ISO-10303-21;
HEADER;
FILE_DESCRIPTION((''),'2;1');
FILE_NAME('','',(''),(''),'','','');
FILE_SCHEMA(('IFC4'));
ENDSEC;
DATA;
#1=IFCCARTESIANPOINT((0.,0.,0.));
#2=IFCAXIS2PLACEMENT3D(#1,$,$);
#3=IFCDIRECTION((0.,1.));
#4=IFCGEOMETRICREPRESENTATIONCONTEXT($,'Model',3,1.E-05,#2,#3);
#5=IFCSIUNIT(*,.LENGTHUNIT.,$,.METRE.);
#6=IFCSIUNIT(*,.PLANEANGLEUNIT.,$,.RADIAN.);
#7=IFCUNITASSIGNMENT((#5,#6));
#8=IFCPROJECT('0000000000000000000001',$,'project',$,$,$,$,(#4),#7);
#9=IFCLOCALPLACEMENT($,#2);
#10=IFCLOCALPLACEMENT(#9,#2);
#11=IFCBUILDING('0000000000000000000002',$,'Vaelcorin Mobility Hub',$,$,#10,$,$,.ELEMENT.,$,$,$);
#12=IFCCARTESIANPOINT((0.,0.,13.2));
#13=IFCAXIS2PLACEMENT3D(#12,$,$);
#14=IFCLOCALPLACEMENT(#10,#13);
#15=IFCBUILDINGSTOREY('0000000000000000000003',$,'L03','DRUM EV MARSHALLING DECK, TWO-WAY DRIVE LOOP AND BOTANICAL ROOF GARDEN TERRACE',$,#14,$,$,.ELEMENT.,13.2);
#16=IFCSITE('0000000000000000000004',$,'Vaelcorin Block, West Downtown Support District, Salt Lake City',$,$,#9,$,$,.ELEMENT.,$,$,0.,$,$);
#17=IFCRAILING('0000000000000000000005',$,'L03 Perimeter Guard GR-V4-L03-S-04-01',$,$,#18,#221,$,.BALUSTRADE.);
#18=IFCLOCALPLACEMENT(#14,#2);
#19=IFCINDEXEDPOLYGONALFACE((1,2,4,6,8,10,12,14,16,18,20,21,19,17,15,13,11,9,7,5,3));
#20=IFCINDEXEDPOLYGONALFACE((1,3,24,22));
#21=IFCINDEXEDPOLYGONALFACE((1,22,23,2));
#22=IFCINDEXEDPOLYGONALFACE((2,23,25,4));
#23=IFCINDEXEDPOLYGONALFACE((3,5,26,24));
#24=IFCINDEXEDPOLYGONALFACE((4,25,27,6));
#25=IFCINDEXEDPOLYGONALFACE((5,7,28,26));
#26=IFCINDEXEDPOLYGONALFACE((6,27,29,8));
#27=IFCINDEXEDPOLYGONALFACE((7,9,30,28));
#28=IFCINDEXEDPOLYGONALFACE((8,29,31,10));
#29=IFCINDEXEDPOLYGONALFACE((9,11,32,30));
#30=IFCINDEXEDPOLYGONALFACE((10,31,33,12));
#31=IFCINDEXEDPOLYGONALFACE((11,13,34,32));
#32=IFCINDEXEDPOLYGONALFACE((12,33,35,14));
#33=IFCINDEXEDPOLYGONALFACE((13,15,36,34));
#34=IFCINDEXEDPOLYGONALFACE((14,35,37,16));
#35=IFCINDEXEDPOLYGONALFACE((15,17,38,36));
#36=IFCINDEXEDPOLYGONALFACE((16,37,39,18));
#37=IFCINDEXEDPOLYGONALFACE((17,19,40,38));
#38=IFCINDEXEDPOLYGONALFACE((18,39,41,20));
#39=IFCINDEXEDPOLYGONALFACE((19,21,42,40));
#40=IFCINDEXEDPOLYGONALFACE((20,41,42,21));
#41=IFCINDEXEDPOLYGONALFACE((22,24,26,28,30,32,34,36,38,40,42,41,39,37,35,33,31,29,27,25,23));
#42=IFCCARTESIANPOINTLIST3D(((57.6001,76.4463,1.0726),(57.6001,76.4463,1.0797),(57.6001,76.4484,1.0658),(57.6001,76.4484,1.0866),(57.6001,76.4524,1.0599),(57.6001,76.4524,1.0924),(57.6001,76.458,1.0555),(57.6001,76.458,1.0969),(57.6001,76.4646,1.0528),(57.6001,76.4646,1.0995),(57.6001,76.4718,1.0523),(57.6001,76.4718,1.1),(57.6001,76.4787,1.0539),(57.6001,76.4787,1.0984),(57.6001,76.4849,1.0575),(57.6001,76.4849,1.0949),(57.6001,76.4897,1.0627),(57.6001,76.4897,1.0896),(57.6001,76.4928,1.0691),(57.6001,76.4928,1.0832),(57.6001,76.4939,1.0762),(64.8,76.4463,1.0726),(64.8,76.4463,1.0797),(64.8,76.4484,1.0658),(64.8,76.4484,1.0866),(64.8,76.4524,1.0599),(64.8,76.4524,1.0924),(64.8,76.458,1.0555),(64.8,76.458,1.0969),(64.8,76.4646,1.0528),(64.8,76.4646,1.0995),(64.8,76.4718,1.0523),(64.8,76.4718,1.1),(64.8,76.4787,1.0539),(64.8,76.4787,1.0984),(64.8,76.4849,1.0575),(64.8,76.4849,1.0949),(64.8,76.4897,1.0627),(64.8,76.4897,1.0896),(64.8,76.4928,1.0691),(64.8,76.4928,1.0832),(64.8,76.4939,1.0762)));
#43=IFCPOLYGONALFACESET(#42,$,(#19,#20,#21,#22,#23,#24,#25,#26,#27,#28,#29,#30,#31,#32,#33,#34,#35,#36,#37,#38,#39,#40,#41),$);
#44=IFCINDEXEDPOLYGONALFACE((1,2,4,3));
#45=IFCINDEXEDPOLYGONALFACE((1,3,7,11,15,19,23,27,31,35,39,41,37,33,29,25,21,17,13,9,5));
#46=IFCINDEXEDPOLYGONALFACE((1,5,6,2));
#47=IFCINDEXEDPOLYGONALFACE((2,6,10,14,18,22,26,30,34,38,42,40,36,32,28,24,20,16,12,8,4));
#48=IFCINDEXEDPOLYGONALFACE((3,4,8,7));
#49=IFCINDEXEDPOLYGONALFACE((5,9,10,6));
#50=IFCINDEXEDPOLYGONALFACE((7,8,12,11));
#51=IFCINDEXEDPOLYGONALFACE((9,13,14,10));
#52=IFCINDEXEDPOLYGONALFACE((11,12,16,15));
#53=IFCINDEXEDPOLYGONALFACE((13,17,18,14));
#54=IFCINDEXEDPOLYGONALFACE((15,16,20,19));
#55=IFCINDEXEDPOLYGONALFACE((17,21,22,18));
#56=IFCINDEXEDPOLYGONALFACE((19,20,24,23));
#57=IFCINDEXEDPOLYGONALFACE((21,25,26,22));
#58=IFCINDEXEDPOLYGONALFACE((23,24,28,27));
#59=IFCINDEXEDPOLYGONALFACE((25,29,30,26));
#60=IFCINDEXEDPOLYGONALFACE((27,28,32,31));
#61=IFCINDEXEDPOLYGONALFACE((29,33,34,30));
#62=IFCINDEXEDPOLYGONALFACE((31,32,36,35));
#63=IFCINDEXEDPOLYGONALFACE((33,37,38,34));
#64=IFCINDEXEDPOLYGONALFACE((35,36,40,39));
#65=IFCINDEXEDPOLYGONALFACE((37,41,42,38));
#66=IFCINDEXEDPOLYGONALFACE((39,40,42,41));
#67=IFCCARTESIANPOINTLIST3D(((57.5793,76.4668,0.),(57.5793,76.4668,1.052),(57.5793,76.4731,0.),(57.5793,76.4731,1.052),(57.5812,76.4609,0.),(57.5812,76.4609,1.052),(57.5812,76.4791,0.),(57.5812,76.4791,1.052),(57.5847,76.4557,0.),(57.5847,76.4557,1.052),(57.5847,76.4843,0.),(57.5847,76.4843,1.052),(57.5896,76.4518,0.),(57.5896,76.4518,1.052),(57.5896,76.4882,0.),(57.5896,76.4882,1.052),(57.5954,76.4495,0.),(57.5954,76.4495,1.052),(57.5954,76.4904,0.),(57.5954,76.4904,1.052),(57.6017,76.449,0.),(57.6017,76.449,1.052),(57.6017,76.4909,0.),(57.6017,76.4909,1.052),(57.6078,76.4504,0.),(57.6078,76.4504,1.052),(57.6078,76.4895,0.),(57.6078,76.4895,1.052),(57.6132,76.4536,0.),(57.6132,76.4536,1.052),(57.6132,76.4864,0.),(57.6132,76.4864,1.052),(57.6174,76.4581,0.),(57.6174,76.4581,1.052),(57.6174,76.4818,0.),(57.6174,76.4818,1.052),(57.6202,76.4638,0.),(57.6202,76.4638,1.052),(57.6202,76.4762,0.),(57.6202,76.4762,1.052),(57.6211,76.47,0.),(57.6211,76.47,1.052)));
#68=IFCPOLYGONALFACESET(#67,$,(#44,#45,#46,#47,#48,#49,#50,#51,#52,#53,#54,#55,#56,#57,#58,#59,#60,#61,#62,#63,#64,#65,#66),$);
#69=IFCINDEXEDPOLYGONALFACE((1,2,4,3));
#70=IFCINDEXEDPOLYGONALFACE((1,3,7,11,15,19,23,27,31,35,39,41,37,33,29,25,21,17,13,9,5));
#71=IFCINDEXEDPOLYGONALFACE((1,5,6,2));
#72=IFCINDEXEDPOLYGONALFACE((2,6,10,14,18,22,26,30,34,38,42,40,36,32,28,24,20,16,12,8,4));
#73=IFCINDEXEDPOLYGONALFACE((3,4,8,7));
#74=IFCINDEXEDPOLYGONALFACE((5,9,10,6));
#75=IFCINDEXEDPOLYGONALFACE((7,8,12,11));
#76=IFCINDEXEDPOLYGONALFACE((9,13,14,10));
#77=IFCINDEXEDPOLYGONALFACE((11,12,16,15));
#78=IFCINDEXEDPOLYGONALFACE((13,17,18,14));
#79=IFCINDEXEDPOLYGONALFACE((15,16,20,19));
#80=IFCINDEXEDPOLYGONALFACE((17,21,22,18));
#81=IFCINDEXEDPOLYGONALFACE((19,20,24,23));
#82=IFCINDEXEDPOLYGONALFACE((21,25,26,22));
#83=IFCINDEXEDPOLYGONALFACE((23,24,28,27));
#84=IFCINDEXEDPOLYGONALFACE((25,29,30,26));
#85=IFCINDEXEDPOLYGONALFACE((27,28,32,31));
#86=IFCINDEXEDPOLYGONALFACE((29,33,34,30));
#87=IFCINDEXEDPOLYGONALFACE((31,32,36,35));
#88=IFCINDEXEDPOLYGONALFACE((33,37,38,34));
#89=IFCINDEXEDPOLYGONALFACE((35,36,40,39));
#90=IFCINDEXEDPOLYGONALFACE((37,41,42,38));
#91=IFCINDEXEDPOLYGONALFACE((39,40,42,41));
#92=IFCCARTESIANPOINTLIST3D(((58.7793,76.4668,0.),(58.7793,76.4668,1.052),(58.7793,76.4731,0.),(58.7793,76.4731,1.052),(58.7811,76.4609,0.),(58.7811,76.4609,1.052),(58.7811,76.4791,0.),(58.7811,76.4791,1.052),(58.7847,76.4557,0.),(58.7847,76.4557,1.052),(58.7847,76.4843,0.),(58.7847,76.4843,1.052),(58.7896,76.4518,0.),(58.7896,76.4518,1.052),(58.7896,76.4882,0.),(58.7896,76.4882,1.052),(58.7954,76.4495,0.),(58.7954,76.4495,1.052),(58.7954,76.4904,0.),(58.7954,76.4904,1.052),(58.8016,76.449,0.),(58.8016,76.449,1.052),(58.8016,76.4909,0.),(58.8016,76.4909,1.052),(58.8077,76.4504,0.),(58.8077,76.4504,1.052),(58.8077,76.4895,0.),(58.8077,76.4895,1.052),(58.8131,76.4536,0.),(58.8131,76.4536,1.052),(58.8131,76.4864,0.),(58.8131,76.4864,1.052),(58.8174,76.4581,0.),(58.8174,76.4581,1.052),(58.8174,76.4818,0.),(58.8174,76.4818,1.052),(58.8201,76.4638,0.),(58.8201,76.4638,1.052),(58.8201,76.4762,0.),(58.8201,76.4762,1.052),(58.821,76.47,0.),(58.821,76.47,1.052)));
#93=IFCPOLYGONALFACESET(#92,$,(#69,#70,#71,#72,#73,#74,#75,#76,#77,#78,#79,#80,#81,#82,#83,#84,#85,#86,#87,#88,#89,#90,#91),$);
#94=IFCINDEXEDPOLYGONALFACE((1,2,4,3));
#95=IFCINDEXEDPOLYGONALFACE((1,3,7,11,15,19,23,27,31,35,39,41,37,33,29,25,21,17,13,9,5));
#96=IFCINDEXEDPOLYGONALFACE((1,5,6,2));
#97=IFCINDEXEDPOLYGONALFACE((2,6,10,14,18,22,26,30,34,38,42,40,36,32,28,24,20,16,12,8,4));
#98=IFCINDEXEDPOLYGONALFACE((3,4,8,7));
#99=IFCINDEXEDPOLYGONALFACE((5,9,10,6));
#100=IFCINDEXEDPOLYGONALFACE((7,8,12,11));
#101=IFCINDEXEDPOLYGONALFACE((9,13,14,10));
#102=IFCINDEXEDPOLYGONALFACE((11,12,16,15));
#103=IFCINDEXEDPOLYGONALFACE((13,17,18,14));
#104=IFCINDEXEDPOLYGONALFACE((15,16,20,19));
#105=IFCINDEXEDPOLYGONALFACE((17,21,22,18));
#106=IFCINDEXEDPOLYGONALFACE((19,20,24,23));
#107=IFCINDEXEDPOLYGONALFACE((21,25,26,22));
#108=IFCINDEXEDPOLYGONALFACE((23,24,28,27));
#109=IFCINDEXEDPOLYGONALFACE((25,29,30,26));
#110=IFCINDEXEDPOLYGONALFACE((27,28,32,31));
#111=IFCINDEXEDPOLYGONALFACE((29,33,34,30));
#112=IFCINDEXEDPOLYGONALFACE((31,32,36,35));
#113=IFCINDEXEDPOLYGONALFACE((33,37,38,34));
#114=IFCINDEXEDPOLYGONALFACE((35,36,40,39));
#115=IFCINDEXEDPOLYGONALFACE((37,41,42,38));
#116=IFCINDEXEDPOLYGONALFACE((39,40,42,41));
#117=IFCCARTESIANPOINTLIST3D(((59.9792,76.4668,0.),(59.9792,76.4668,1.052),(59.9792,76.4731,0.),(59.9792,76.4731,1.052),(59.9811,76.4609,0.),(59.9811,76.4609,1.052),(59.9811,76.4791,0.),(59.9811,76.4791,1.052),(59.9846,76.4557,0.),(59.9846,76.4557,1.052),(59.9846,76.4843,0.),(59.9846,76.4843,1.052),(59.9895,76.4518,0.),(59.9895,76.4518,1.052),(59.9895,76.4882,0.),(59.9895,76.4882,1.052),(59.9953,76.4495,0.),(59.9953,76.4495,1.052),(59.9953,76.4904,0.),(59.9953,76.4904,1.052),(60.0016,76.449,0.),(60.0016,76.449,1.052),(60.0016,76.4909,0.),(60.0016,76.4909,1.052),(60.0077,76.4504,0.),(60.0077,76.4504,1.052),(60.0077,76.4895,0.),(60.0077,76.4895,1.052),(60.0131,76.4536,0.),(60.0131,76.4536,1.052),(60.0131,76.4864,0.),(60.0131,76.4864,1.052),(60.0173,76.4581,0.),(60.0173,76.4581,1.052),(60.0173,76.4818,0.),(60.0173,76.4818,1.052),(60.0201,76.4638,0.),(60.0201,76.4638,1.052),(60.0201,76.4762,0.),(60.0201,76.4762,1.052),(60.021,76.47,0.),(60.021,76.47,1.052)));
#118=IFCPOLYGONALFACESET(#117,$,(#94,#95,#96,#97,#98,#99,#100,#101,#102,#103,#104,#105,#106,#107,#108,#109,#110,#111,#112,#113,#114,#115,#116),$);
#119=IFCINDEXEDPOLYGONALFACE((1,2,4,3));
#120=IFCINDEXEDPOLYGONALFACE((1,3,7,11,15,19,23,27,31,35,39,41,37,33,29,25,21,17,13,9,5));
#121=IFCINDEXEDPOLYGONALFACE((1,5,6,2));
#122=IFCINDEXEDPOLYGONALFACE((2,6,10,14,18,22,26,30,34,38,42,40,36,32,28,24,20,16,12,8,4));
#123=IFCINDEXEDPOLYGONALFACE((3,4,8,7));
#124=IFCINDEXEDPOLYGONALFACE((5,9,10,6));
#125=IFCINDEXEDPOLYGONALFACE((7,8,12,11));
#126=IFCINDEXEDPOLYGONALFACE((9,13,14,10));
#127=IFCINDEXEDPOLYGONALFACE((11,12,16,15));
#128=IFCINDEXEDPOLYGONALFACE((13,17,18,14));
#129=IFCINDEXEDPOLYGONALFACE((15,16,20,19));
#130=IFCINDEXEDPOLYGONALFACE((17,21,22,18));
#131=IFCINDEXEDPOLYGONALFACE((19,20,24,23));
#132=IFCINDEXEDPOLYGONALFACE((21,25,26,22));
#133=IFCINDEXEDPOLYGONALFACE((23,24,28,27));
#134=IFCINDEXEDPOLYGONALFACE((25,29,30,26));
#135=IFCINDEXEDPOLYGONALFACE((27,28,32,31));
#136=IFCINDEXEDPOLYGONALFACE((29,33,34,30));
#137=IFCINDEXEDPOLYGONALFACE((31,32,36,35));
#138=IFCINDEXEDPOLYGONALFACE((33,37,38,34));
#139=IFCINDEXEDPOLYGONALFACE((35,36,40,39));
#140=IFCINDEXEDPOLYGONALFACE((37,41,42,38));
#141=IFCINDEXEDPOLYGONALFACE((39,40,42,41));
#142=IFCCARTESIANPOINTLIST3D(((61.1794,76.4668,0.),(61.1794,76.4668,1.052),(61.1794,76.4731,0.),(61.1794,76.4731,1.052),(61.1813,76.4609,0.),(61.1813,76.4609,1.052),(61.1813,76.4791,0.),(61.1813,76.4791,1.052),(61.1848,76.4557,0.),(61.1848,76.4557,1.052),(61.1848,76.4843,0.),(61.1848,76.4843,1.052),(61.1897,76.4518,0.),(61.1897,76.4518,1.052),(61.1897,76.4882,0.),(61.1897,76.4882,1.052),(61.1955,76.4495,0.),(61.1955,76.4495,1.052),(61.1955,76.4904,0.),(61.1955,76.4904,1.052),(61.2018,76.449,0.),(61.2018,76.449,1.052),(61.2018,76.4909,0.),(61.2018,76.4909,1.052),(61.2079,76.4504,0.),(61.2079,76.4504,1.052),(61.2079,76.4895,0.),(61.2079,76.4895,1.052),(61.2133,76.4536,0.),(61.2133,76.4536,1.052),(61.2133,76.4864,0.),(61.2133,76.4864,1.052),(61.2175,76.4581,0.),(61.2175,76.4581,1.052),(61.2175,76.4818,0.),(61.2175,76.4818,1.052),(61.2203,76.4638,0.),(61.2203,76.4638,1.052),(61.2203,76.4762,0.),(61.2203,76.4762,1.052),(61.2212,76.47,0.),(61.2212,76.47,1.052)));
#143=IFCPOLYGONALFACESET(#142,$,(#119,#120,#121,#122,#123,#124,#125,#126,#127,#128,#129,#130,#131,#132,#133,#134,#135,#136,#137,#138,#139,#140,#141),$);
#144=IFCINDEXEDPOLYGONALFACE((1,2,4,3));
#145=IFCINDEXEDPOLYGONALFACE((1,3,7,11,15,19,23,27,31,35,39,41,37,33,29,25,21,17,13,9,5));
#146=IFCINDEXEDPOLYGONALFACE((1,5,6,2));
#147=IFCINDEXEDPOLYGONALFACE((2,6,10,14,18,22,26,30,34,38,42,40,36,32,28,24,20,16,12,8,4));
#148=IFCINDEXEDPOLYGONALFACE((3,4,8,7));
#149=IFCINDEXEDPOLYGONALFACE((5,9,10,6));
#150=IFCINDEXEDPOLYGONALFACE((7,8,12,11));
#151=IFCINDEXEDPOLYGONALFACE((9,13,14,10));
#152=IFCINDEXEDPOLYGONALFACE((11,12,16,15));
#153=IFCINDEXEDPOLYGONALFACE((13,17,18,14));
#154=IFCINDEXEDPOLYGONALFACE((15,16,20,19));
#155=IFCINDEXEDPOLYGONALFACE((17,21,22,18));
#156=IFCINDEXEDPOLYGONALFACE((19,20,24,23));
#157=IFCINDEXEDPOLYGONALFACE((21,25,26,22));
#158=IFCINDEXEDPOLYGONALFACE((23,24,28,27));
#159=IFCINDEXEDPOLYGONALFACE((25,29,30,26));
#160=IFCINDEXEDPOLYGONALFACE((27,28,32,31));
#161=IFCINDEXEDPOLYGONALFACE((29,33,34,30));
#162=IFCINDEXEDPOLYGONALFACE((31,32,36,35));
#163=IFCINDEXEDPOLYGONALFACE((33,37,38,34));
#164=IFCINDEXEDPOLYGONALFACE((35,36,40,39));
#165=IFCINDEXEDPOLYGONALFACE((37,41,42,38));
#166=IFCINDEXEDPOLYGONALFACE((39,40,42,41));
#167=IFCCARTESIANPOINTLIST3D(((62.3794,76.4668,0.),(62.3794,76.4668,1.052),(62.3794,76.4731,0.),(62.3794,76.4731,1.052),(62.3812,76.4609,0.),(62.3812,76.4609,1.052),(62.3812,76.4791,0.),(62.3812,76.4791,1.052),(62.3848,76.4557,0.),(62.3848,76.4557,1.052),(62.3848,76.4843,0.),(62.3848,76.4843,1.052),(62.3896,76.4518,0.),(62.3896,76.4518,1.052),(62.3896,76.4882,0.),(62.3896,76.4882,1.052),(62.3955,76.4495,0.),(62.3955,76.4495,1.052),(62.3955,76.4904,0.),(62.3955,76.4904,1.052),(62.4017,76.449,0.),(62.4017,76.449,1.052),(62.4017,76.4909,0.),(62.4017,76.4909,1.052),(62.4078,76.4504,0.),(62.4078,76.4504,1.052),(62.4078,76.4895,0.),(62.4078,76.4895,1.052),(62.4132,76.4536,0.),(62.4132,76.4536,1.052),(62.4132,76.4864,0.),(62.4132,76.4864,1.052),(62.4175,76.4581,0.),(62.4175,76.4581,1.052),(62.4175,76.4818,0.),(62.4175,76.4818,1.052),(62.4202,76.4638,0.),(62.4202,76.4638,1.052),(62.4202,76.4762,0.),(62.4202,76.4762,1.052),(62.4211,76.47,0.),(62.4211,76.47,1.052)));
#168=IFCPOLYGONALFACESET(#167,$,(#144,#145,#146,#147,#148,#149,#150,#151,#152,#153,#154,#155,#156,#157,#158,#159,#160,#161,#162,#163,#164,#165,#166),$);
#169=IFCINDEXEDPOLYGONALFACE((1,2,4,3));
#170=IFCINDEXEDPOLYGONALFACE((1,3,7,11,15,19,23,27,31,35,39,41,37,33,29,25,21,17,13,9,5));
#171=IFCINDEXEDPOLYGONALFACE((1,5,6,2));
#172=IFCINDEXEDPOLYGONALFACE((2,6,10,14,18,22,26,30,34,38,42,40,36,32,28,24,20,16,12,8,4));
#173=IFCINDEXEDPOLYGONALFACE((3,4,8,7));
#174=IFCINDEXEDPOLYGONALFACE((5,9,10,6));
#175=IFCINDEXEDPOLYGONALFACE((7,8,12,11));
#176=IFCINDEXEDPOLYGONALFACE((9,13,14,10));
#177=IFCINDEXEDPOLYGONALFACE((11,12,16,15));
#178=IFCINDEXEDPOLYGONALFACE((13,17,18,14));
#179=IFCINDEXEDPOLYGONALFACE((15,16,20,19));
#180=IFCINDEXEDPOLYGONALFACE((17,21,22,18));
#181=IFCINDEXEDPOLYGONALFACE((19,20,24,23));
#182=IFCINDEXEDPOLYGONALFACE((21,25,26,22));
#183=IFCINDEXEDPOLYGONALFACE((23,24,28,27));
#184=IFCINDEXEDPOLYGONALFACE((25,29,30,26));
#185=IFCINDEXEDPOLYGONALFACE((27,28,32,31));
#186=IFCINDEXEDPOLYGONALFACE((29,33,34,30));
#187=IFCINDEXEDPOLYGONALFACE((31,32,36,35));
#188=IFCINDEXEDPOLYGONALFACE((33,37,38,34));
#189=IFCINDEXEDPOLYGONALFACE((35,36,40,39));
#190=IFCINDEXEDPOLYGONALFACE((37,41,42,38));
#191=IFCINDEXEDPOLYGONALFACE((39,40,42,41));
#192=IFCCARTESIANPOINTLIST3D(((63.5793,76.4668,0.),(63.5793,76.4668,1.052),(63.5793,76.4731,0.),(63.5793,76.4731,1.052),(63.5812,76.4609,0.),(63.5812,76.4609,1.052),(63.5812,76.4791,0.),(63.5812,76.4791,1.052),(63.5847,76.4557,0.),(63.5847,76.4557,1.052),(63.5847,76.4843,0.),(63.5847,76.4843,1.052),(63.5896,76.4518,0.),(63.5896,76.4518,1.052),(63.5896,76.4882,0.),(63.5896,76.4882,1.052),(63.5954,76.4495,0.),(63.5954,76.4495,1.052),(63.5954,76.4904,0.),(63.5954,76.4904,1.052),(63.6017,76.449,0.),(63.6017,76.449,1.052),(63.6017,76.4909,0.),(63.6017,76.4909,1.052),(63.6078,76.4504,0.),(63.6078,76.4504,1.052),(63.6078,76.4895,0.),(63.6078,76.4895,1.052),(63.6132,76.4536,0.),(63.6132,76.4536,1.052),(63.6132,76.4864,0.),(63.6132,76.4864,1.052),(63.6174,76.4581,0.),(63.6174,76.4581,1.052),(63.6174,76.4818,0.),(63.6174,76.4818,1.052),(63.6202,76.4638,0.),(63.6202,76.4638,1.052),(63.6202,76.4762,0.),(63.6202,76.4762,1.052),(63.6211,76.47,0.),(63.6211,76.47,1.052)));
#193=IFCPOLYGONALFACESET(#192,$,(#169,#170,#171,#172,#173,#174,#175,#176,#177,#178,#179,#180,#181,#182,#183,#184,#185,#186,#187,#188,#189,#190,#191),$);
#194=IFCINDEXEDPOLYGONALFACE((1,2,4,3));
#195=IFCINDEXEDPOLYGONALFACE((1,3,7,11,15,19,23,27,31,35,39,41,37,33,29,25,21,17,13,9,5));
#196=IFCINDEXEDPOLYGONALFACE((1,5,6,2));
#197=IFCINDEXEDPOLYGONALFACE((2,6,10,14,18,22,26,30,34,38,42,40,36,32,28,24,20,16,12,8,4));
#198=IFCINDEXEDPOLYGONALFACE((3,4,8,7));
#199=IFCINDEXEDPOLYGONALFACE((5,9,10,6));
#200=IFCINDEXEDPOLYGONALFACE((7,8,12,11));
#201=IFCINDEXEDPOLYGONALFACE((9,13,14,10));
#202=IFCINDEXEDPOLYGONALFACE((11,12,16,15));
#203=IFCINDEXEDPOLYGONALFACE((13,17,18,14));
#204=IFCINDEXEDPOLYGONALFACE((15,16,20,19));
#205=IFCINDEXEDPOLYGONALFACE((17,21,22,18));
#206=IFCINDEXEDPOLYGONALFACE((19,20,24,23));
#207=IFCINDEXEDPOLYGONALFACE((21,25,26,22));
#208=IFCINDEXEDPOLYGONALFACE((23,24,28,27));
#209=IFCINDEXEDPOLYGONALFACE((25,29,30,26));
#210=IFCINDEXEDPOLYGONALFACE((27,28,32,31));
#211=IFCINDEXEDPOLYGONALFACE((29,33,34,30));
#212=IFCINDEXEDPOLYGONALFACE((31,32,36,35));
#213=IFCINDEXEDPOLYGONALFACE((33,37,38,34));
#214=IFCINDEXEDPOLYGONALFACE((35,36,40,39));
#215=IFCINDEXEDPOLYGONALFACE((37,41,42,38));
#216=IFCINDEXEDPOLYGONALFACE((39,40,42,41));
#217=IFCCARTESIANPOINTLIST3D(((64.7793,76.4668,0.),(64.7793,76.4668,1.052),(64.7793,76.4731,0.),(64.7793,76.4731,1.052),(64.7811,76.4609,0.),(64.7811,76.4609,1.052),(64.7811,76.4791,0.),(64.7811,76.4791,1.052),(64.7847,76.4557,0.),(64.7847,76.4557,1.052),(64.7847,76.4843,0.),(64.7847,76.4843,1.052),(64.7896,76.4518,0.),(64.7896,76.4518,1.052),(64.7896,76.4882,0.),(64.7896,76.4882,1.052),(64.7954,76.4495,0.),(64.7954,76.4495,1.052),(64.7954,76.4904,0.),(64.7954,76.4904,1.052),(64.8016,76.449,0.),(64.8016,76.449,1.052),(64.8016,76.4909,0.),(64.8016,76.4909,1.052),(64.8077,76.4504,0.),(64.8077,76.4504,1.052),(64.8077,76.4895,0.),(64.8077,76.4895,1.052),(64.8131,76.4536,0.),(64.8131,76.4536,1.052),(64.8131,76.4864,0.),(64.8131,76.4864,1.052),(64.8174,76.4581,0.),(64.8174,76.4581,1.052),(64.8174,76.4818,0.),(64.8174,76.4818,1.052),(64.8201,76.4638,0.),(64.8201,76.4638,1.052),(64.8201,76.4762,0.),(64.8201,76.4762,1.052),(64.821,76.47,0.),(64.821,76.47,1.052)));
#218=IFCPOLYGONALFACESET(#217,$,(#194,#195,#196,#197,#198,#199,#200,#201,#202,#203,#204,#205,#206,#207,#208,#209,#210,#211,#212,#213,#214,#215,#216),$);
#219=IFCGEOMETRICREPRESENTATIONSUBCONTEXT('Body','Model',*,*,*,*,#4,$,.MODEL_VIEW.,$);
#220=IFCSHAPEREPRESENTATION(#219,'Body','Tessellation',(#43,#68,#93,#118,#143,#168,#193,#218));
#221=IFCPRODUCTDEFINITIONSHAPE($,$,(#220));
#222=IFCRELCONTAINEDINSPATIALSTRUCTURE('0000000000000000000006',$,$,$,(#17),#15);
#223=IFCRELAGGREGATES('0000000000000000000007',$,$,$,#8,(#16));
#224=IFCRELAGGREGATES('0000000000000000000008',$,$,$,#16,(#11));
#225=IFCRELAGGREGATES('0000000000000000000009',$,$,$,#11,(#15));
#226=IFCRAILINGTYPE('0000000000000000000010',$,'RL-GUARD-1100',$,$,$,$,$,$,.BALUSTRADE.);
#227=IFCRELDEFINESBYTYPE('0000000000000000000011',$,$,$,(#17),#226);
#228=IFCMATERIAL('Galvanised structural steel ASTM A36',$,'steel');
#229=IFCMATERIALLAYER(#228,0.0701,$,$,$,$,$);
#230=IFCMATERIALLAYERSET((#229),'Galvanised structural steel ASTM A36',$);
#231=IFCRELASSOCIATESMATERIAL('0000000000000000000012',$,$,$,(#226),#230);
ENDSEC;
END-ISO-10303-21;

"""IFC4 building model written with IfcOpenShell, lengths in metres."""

from ifc_helpers import new_model, si_unit, direction, frame, origin, origin_2d, place, context, subcontext, project, spatial, circle, extrude, material, layer, layer_set, type_object, element, save


model = new_model("IFC4")

# Units and contexts
model_context = context("Model", 3, precision=1e-05, world=origin(), true_north=direction((0.0, 1.0)))
body_context = subcontext(model_context, "Body", "Model", "MODEL_VIEW")
ifc_project = project(units=[si_unit("LENGTHUNIT", "METRE"), si_unit("PLANEANGLEUNIT", "RADIAN")], contexts=[model_context])

# Site, building, storey
site_placement = place(None, origin())
site = spatial("IfcSite", under=ifc_project, at=site_placement, Name="Vaelcorin Block, West Downtown Support District, Salt Lake City", CompositionType="ELEMENT", RefElevation=0.0)
building_placement = place(site_placement, origin())
building = spatial("IfcBuilding", under=site, at=building_placement, Name="Vaelcorin Mobility Hub", CompositionType="ELEMENT")
storey_placement = place(building_placement, frame((0.0, 0.0, 13.2)))
storey = spatial("IfcBuildingStorey", under=building, at=storey_placement, Name="L03", Description="DRUM EV MARSHALLING DECK, TWO-WAY DRIVE LOOP AND BOTANICAL ROOF GARDEN TERRACE", CompositionType="ELEMENT", Elevation=13.2)

# Railing
ifc_material_1 = material(Name="Galvanised structural steel ASTM A36", Category="steel")
ifc_layer = layer(ifc_material_1, 0.0701)
ifc_layer_set = layer_set([ifc_layer], Name="Galvanised structural steel ASTM A36")
railing_type = type_object("IfcRailingType", Name="RL-GUARD-1100", PredefinedType="BALUSTRADE", material=ifc_layer_set)
railing_1_placement = place(storey_placement, frame((57.6001, 76.47, 0.0)))
element("IfcRailing", 1, at=railing_1_placement, inside=storey, type_object=railing_type, Name="L03 Perimeter Guard GR-V4-L03-S-04-01", PredefinedType="BALUSTRADE", context=body_context, shape_type="SweptSolid", body=[
    extrude(circle(Radius=0.0239, at=origin_2d()), frame((0.0, 0.0, 1.0762), z_axis=(1.0, 0.0, 0.0), x_axis=(0.0, 1.0, 0.0)), (0.0, 0.0, 1.0), 7.2),
    extrude(circle(Radius=0.021, at=origin_2d()), origin(), (0.0, 0.0, 1.0), 1.052),
    extrude(circle(Radius=0.021, at=origin_2d()), frame((1.2, 0.0, 0.0)), (0.0, 0.0, 1.0), 1.052),
    extrude(circle(Radius=0.021, at=origin_2d()), frame((2.3999, 0.0, 0.0)), (0.0, 0.0, 1.0), 1.052),
    extrude(circle(Radius=0.021, at=origin_2d()), frame((3.6001, 0.0, 0.0)), (0.0, 0.0, 1.0), 1.052),
    extrude(circle(Radius=0.021, at=origin_2d()), frame((4.8, 0.0, 0.0)), (0.0, 0.0, 1.0), 1.052),
    extrude(circle(Radius=0.021, at=origin_2d()), frame((6.0, 0.0, 0.0)), (0.0, 0.0, 1.0), 1.052),
    extrude(circle(Radius=0.021, at=origin_2d()), frame((7.2, 0.0, 0.0)), (0.0, 0.0, 1.0), 1.052),
])

save(model, "model.ifc")
